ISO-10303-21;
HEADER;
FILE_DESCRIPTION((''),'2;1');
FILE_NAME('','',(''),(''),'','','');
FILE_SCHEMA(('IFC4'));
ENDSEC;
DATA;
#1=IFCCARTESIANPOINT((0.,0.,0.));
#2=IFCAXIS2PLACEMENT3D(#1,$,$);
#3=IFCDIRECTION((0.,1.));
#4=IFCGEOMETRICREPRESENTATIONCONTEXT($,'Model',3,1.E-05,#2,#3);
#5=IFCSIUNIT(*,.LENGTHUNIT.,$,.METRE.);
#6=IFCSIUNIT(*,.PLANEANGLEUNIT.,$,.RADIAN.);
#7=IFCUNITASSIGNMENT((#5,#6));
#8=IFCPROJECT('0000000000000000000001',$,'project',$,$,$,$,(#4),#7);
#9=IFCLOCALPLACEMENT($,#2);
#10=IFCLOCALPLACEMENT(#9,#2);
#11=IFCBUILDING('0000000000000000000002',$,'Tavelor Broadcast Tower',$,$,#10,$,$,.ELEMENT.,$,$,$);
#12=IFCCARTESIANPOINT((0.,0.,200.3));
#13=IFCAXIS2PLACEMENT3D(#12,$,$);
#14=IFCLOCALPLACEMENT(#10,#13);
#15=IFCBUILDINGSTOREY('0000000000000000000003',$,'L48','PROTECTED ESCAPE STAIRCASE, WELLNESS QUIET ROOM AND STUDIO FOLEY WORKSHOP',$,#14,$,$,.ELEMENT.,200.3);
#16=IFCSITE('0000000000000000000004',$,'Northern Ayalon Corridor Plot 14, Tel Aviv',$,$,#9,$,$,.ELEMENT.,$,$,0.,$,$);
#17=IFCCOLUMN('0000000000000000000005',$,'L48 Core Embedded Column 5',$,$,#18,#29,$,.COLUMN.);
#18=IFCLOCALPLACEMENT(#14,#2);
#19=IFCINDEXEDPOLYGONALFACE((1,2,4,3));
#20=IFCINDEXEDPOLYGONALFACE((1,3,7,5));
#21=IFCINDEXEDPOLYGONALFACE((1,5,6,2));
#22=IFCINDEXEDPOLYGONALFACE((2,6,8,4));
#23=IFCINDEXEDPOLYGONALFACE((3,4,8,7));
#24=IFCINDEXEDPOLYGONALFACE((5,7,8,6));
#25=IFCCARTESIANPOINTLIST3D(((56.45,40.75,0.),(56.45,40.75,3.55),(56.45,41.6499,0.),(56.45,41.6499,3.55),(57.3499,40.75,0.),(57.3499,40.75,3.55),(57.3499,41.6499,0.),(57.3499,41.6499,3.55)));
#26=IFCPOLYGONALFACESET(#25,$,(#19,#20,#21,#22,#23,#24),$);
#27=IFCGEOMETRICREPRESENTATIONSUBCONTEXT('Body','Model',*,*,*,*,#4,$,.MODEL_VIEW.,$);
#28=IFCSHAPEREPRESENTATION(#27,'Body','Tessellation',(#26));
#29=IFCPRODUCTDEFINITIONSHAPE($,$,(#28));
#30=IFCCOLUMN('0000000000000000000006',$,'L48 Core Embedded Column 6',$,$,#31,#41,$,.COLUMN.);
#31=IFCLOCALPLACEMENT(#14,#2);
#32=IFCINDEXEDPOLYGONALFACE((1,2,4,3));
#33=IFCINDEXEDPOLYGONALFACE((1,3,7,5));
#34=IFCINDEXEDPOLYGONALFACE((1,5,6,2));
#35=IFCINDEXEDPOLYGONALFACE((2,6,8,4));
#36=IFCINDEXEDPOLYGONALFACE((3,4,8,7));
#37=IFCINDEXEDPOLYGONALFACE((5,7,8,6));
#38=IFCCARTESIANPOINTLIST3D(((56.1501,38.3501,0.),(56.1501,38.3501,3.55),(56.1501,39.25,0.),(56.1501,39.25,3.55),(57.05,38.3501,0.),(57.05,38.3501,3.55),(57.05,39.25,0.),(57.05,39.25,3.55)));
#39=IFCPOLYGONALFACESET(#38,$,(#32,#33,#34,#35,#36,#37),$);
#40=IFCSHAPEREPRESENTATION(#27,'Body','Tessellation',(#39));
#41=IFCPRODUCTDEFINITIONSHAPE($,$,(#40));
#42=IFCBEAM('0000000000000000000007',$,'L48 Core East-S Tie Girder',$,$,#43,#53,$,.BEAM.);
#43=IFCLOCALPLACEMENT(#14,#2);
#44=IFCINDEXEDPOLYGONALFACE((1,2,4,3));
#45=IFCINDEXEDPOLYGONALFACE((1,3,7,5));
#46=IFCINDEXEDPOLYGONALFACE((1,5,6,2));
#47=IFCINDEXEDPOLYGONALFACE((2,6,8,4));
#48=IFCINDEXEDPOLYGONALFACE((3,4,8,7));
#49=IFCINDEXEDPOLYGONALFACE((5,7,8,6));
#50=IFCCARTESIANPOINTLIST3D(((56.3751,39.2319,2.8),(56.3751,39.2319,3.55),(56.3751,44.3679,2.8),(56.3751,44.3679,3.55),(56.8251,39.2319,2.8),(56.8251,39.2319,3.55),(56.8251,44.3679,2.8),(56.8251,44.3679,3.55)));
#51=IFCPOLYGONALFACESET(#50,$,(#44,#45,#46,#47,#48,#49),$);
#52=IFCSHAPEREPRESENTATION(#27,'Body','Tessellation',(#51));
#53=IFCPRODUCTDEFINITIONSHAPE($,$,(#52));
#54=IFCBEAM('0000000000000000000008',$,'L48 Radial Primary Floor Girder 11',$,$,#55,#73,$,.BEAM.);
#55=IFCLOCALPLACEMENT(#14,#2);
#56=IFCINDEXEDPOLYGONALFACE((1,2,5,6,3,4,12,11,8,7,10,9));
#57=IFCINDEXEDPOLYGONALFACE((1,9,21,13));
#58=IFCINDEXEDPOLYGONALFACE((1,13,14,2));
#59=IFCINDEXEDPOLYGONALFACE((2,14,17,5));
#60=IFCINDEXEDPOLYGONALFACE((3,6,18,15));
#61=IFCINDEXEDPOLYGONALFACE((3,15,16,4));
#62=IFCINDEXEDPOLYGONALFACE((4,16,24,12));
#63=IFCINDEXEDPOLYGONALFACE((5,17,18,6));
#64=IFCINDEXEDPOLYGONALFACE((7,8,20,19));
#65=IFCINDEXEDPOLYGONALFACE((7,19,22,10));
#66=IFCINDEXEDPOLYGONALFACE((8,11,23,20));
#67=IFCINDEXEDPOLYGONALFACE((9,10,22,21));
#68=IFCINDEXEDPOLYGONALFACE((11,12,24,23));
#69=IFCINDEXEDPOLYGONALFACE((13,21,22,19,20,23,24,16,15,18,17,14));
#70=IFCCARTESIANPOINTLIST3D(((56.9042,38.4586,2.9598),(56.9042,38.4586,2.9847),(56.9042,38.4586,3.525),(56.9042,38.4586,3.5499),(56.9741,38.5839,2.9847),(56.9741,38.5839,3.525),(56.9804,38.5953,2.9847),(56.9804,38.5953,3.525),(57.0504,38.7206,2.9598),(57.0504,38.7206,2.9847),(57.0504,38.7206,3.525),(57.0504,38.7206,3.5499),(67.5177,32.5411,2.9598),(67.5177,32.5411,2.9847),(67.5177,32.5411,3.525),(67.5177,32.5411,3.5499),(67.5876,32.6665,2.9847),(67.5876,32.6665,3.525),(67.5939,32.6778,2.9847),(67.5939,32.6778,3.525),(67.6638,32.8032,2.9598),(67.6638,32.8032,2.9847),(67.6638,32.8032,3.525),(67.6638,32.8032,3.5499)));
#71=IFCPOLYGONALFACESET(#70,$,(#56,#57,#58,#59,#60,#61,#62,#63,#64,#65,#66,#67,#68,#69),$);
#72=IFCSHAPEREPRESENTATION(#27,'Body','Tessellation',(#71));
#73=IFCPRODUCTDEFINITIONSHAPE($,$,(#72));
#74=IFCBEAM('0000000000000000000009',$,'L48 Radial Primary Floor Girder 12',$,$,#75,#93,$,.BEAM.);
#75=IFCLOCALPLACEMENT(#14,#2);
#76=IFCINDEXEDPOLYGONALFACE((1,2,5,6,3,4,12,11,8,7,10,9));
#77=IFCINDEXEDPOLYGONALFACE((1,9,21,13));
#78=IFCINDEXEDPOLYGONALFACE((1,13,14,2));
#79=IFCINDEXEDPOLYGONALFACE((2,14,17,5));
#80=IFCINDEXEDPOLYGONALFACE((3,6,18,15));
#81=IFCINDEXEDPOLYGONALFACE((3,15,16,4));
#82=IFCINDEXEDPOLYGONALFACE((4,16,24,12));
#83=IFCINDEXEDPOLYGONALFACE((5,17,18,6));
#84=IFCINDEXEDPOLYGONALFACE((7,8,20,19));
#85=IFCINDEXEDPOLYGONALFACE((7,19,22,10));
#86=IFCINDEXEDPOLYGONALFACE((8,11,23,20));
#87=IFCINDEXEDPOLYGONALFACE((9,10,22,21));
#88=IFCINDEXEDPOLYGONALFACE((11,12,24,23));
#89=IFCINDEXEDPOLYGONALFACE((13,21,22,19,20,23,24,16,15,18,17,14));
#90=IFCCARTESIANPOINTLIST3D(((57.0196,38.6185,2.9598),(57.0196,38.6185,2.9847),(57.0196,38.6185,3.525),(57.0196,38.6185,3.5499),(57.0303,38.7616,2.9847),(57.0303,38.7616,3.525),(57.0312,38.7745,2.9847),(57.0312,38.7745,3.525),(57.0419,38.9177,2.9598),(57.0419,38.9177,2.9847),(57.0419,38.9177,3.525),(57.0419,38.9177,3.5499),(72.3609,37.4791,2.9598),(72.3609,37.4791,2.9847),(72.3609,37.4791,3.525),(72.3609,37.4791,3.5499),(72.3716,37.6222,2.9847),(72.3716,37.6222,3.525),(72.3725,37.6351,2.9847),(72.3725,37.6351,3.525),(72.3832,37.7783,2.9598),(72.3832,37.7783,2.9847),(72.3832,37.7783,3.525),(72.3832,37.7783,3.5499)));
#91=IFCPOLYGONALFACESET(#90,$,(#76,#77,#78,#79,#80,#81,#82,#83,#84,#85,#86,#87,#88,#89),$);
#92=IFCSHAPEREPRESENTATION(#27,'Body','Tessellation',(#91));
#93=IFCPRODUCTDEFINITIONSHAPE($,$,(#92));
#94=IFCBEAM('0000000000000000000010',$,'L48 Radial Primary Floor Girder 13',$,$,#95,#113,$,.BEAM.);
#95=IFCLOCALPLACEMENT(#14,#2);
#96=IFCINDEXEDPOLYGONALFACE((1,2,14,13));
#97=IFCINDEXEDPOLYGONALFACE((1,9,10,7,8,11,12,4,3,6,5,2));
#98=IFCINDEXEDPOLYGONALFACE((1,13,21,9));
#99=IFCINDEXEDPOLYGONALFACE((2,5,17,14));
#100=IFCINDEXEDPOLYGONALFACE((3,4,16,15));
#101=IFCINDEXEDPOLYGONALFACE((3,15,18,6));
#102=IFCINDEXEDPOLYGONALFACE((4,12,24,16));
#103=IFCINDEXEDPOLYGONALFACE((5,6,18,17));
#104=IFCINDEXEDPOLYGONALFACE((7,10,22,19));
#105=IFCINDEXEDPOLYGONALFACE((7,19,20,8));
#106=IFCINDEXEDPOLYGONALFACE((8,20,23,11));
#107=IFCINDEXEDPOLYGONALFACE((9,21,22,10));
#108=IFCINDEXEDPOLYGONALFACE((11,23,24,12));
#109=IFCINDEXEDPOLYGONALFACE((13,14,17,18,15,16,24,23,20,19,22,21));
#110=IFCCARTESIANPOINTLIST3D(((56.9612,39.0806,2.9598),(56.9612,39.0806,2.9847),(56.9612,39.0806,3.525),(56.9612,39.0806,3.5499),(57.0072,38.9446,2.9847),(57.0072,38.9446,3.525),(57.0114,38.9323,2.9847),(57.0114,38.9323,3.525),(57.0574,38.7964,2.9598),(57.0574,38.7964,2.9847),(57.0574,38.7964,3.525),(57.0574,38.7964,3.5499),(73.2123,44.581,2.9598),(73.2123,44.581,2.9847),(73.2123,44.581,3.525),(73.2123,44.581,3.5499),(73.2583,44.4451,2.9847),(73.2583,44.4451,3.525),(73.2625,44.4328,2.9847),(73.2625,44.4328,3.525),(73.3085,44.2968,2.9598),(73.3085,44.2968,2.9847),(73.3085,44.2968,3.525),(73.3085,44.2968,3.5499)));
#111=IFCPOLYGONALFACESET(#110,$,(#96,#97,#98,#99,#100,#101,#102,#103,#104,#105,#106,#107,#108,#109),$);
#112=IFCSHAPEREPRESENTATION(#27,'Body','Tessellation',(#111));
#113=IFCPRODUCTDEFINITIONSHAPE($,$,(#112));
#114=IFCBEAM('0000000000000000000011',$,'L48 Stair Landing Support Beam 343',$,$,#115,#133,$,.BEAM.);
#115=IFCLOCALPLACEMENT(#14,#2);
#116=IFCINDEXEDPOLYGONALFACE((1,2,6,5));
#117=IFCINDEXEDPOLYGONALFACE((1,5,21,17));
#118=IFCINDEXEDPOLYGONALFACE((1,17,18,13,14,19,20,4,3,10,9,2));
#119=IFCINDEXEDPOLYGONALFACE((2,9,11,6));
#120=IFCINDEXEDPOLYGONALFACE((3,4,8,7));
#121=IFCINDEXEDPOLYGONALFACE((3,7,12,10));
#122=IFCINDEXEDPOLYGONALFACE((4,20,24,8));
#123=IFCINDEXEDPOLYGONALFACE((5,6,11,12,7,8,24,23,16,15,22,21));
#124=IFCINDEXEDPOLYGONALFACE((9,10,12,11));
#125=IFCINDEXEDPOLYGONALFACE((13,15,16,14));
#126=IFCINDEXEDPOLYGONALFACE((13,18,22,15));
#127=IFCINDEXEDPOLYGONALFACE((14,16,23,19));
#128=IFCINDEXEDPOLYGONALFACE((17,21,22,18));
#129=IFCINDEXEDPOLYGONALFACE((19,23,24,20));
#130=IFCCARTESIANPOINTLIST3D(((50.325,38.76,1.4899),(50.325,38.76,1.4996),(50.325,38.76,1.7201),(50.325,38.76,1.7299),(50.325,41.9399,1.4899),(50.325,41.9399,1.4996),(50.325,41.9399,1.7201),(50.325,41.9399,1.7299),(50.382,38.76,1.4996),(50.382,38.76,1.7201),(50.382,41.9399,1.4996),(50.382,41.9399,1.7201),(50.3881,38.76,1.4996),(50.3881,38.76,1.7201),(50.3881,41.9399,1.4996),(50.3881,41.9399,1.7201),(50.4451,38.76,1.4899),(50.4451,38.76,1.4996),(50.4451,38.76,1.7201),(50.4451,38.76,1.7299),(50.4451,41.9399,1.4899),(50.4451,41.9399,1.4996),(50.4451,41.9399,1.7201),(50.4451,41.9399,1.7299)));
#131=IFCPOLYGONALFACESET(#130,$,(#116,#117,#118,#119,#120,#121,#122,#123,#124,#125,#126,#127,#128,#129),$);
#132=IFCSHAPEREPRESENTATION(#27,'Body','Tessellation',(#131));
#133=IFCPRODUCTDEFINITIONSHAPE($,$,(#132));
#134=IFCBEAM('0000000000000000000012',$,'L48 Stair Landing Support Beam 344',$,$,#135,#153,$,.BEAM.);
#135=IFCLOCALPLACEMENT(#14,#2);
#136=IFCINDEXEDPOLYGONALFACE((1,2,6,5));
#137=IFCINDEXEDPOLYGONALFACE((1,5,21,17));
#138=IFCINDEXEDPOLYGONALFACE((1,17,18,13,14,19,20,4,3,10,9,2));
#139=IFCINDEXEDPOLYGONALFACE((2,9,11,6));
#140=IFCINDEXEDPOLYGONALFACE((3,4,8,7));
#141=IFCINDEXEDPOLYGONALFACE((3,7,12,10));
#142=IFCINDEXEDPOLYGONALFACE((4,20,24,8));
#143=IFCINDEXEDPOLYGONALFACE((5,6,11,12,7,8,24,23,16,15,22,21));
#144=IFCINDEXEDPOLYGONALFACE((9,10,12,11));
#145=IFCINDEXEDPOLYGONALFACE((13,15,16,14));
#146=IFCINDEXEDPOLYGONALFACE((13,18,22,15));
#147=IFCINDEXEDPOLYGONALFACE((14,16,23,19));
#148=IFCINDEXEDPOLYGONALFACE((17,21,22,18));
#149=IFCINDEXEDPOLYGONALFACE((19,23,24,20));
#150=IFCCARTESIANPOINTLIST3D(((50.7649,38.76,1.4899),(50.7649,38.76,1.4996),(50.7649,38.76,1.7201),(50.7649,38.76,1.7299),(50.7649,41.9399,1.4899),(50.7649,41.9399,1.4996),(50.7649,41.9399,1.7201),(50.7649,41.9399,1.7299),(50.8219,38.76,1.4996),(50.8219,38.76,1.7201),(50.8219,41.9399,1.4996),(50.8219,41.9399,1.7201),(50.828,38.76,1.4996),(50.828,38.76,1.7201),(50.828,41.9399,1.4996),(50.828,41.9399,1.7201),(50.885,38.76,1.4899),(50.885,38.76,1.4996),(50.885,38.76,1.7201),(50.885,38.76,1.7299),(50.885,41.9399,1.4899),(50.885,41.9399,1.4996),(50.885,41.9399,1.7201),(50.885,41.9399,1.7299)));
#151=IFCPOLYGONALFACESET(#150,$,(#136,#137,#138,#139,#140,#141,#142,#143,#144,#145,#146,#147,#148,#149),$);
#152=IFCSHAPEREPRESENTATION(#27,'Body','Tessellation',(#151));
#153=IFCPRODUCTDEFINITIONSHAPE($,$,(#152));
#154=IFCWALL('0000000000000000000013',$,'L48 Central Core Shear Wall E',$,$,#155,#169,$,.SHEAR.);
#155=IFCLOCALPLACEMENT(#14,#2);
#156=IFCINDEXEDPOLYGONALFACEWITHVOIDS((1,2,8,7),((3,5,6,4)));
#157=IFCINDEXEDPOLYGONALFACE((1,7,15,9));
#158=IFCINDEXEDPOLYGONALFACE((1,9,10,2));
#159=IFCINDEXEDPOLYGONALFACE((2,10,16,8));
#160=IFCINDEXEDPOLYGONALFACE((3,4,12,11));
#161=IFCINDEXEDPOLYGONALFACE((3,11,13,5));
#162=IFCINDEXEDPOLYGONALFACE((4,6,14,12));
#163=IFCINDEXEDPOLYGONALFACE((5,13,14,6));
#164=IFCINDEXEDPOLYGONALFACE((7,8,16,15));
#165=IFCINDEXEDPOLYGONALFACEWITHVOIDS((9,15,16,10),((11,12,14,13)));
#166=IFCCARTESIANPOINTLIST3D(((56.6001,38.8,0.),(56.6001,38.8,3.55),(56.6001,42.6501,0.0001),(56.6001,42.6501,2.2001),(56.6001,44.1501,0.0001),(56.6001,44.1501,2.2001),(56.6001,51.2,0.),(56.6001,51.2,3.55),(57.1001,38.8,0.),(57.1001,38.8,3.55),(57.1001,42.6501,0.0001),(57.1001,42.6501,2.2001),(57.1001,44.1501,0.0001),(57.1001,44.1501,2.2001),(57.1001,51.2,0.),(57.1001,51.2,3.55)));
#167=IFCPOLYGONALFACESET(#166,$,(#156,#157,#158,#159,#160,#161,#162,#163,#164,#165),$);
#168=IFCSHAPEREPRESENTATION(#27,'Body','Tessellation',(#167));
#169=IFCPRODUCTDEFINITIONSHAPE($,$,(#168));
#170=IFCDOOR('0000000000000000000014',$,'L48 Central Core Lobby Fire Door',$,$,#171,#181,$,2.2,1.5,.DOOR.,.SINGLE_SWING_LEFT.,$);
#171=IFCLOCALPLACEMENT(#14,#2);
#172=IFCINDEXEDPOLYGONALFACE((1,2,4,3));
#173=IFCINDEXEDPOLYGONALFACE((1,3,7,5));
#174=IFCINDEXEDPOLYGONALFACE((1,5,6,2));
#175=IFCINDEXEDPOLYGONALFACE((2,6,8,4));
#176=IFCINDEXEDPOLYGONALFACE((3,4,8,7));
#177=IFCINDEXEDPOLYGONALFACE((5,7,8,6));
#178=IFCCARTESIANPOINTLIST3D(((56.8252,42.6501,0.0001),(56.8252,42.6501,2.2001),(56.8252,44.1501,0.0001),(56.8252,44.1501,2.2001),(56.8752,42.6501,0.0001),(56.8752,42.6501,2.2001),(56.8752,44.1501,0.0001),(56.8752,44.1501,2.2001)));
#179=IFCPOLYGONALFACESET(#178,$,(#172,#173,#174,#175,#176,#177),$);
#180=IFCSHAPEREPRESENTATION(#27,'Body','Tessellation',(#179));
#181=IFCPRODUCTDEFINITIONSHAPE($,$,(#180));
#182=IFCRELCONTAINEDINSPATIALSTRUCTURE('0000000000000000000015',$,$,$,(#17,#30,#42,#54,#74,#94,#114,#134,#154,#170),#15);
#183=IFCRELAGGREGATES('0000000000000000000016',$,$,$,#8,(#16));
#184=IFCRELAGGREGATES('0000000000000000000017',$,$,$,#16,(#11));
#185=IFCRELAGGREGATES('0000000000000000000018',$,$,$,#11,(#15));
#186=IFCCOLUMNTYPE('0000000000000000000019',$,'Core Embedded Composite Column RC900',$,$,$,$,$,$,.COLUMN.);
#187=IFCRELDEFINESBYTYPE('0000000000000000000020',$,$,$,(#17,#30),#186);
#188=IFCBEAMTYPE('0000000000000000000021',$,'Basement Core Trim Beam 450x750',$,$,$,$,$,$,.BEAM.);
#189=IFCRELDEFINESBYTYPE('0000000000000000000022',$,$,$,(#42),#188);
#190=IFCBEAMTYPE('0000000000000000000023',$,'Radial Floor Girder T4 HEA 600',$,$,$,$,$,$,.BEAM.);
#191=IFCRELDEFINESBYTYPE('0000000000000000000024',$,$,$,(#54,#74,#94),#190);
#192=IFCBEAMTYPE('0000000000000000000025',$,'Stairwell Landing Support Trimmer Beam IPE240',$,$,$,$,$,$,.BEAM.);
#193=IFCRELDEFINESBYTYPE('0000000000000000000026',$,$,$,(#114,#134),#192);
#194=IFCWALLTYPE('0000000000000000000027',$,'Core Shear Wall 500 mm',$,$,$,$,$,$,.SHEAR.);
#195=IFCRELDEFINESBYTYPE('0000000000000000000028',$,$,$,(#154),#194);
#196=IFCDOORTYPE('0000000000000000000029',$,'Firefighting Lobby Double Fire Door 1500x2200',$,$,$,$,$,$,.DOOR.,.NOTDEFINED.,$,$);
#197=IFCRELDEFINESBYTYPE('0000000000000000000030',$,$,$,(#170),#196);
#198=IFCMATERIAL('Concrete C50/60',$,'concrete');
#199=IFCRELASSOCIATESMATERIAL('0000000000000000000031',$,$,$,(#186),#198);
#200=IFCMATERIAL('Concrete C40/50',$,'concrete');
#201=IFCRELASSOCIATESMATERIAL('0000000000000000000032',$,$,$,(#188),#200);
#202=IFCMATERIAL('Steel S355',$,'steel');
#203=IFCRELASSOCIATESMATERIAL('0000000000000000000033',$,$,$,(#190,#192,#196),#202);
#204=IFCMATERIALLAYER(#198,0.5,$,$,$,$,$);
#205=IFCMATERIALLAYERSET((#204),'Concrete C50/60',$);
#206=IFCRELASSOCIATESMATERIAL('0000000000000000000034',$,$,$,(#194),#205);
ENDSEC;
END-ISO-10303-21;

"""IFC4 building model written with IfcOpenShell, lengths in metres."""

from ifc_helpers import new_model, si_unit, direction, frame, frame_2d, origin, origin_2d, place, context, subcontext, project, spatial, rectangle, i_section, extrude, material, layer, layer_set, material_profile, profile_set, type_object, element, fill, save


model = new_model("IFC4")

# Units and contexts
model_context = context("Model", 3, precision=1e-05, world=origin(), true_north=direction((0.0, 1.0)))
body_context = subcontext(model_context, "Body", "Model", "MODEL_VIEW")
ifc_project = project(units=[si_unit("LENGTHUNIT", "METRE"), si_unit("PLANEANGLEUNIT", "RADIAN")], contexts=[model_context])

# Site, building, storey
site_placement = place(None, origin())
site = spatial("IfcSite", under=ifc_project, at=site_placement, Name="Northern Ayalon Corridor Plot 14, Tel Aviv", CompositionType="ELEMENT", RefElevation=0.0)
building_placement = place(site_placement, origin())
building = spatial("IfcBuilding", under=site, at=building_placement, Name="Tavelor Broadcast Tower", CompositionType="ELEMENT")
storey_placement = place(building_placement, frame((0.0, 0.0, 200.3)))
storey = spatial("IfcBuildingStorey", under=building, at=storey_placement, Name="L48", Description="PROTECTED ESCAPE STAIRCASE, WELLNESS QUIET ROOM AND STUDIO FOLEY WORKSHOP", CompositionType="ELEMENT", Elevation=200.3)

# Columns
ifc_material_1 = material(Name="Concrete C50/60", Category="concrete")
ifc_material_profile_1 = material_profile(ifc_material_1, rectangle(XDim=0.8999, YDim=0.8999, at=origin_2d()), Name="RC 900x900")
ifc_profile_set_1 = profile_set([ifc_material_profile_1], Name="Concrete C50/60")
column_type = type_object("IfcColumnType", Name="Core Embedded Composite Column RC900", PredefinedType="COLUMN", material=ifc_profile_set_1)
for number, where, z_axis, x_axis, name in (
    (1, (56.8999, 41.2, 0.0), (0.0, 0.0, 1.0), (1.0, 0.0, 0.0), "L48 Core Embedded Column 5"),
    (2, (56.6001, 38.8, 0.0), (0.0, 0.0, 1.0), (1.0, 0.0, 0.0), "L48 Core Embedded Column 6"),
):
    element("IfcColumn", number, at=place(storey_placement, frame(where, z_axis=z_axis, x_axis=x_axis)), inside=storey, type_object=column_type, Name=name, PredefinedType="COLUMN", context=body_context, shape_type="SweptSolid", body=[
        extrude(rectangle(XDim=0.8999, YDim=0.8999, at=origin_2d()), origin(), (0.0, 0.0, 1.0), 3.55),
    ])

# Beams
ifc_material_2 = material(Name="Concrete C40/50", Category="concrete")
ifc_material_profile_2 = material_profile(ifc_material_2, rectangle(XDim=0.45, YDim=0.75, at=origin_2d()), Name="RC 450x750")
ifc_profile_set_2 = profile_set([ifc_material_profile_2], Name="Concrete C40/50")
beam_type_1 = type_object("IfcBeamType", Name="Basement Core Trim Beam 450x750", PredefinedType="BEAM", material=ifc_profile_set_2)
beam_1_placement = place(storey_placement, frame((56.6001, 39.2319, 3.175), z_axis=(0.0, 1.0, 0.0), x_axis=(-1.0, 0.0, 0.0)))
element("IfcBeam", 3, at=beam_1_placement, inside=storey, type_object=beam_type_1, Name="L48 Core East-S Tie Girder", PredefinedType="BEAM", context=body_context, shape_type="SweptSolid", body=[
    extrude(rectangle(XDim=0.45, YDim=0.75, at=origin_2d()), origin(), (0.0, 0.0, 1.0), 5.136),
])
ifc_material_3 = material(Name="Steel S355", Category="steel")
ifc_material_profile_3 = material_profile(ifc_material_3, i_section(OverallWidth=0.3, OverallDepth=0.5901, WebThickness=0.0129, FlangeThickness=0.0249, at=origin_2d()), Name="HEA 600")
ifc_profile_set_3 = profile_set([ifc_material_profile_3], Name="Steel S355")
beam_type_2 = type_object("IfcBeamType", Name="Radial Floor Girder T4 HEA 600", PredefinedType="BEAM", material=ifc_profile_set_3)
beam_2_placement = place(storey_placement, frame((56.9773, 38.5896, 3.2549), z_axis=(0.87342, -0.486968, 0.0), x_axis=(0.486968, 0.87342, 0.0)))
element("IfcBeam", 4, at=beam_2_placement, inside=storey, type_object=beam_type_2, Name="L48 Radial Primary Floor Girder 11", PredefinedType="BEAM", context=body_context, shape_type="SweptSolid", body=[
    extrude(i_section(OverallWidth=0.3, OverallDepth=0.5901, WebThickness=0.0129, FlangeThickness=0.0249, at=origin_2d()), origin(), (0.0, 0.0, 1.0), 12.1516),
])
beam_3_placement = place(storey_placement, frame((57.0308, 38.7681, 3.2549), z_axis=(0.997253, -0.074066, 0.0), x_axis=(0.074066, 0.997253, 0.0)))
element("IfcBeam", 5, at=beam_3_placement, inside=storey, type_object=beam_type_2, Name="L48 Radial Primary Floor Girder 12", PredefinedType="BEAM", context=body_context, shape_type="SweptSolid", body=[
    extrude(i_section(OverallWidth=0.3, OverallDepth=0.5901, WebThickness=0.0129, FlangeThickness=0.0249, at=origin_2d()), origin(), (0.0, 0.0, 1.0), 15.3835),
])
beam_4_placement = place(storey_placement, frame((57.0093, 38.9385, 3.2549), z_axis=(0.947215, 0.3206, 0.0), x_axis=(-0.3206, 0.947215, 0.0)))
element("IfcBeam", 6, at=beam_4_placement, inside=storey, type_object=beam_type_2, Name="L48 Radial Primary Floor Girder 13", PredefinedType="BEAM", context=body_context, shape_type="SweptSolid", body=[
    extrude(i_section(OverallWidth=0.3, OverallDepth=0.5901, WebThickness=0.0129, FlangeThickness=0.0249, at=origin_2d()), origin(), (0.0, 0.0, 1.0), 17.1567),
])
ifc_material_profile_4 = material_profile(ifc_material_3, i_section(OverallWidth=0.1201, OverallDepth=0.24, WebThickness=0.0061, FlangeThickness=0.0098, at=origin_2d()), Name="IPE 240")
ifc_profile_set_4 = profile_set([ifc_material_profile_4], Name="Steel S355")
beam_type_3 = type_object("IfcBeamType", Name="Stairwell Landing Support Trimmer Beam IPE240", PredefinedType="BEAM", material=ifc_profile_set_4)
for number, where, z_axis, x_axis, name in (
    (7, (50.385, 38.76, 1.6099), (0.0, 1.0, 0.0), (-1.0, 0.0, 0.0), "L48 Stair Landing Support Beam 343"),
    (8, (50.825, 38.76, 1.6099), (0.0, 1.0, 0.0), (-1.0, 0.0, 0.0), "L48 Stair Landing Support Beam 344"),
):
    element("IfcBeam", number, at=place(storey_placement, frame(where, z_axis=z_axis, x_axis=x_axis)), inside=storey, type_object=beam_type_3, Name=name, PredefinedType="BEAM", context=body_context, shape_type="SweptSolid", body=[
        extrude(i_section(OverallWidth=0.1201, OverallDepth=0.24, WebThickness=0.0061, FlangeThickness=0.0098, at=origin_2d()), origin(), (0.0, 0.0, 1.0), 3.1799),
    ])

# Wall, opening, door
ifc_layer_1 = layer(ifc_material_1, 0.5)
ifc_layer_set_1 = layer_set([ifc_layer_1], Name="Concrete C50/60")
wall_type_1 = type_object("IfcWallType", Name="Core Shear Wall 500 mm", PredefinedType="SHEAR", material=ifc_layer_set_1)
wall_1_placement = place(storey_placement, frame((56.8501, 38.8, 0.0), z_axis=(0.0, 0.0, 1.0), x_axis=(0.0, 1.0, 0.0)))
wall_1 = element("IfcWall", 9, at=wall_1_placement, inside=storey, type_object=wall_type_1, Name="L48 Central Core Shear Wall E", PredefinedType="SHEAR", context=body_context, shape_type="SweptSolid", body=[
    extrude(rectangle(XDim=12.3999, YDim=0.5, at=frame_2d((6.2, 0.0))), origin(), (0.0, 0.0, 1.0), 3.55),
])
opening_1_placement = place(wall_1_placement, frame((3.8501, 0.0, 0.0)))
opening_1 = element("IfcOpeningElement", 10, at=opening_1_placement, cuts=wall_1, PredefinedType="OPENING", context=body_context, shape_type="SweptSolid", body=[
    extrude(rectangle(XDim=1.5, YDim=2.2, at=frame_2d((0.75, 1.1001))), frame((0.0, 0.26, 0.0), z_axis=(0.0, -1.0, 0.0), x_axis=(1.0, 0.0, 0.0)), (0.0, 0.0, 1.0), 0.52),
])
door_type_1 = type_object("IfcDoorType", Name="Firefighting Lobby Double Fire Door 1500x2200", OperationType="NOTDEFINED", PredefinedType="DOOR", material=ifc_material_3)
door_1_placement = place(opening_1_placement, origin())
door_1 = element("IfcDoor", 11, at=door_1_placement, inside=storey, type_object=door_type_1, Name="L48 Central Core Lobby Fire Door", OperationType="SINGLE_SWING_LEFT", OverallHeight=2.2, OverallWidth=1.5, PredefinedType="DOOR", context=body_context, shape_type="SweptSolid", body=[
    extrude(rectangle(XDim=1.5, YDim=2.2, at=frame_2d((0.75, 1.1001))), frame((0.0, 0.0249, 0.0), z_axis=(0.0, -1.0, 0.0), x_axis=(1.0, 0.0, 0.0)), (0.0, 0.0, 1.0), 0.05),
])
fill(opening_1, door_1)

save(model, "model.ifc")
